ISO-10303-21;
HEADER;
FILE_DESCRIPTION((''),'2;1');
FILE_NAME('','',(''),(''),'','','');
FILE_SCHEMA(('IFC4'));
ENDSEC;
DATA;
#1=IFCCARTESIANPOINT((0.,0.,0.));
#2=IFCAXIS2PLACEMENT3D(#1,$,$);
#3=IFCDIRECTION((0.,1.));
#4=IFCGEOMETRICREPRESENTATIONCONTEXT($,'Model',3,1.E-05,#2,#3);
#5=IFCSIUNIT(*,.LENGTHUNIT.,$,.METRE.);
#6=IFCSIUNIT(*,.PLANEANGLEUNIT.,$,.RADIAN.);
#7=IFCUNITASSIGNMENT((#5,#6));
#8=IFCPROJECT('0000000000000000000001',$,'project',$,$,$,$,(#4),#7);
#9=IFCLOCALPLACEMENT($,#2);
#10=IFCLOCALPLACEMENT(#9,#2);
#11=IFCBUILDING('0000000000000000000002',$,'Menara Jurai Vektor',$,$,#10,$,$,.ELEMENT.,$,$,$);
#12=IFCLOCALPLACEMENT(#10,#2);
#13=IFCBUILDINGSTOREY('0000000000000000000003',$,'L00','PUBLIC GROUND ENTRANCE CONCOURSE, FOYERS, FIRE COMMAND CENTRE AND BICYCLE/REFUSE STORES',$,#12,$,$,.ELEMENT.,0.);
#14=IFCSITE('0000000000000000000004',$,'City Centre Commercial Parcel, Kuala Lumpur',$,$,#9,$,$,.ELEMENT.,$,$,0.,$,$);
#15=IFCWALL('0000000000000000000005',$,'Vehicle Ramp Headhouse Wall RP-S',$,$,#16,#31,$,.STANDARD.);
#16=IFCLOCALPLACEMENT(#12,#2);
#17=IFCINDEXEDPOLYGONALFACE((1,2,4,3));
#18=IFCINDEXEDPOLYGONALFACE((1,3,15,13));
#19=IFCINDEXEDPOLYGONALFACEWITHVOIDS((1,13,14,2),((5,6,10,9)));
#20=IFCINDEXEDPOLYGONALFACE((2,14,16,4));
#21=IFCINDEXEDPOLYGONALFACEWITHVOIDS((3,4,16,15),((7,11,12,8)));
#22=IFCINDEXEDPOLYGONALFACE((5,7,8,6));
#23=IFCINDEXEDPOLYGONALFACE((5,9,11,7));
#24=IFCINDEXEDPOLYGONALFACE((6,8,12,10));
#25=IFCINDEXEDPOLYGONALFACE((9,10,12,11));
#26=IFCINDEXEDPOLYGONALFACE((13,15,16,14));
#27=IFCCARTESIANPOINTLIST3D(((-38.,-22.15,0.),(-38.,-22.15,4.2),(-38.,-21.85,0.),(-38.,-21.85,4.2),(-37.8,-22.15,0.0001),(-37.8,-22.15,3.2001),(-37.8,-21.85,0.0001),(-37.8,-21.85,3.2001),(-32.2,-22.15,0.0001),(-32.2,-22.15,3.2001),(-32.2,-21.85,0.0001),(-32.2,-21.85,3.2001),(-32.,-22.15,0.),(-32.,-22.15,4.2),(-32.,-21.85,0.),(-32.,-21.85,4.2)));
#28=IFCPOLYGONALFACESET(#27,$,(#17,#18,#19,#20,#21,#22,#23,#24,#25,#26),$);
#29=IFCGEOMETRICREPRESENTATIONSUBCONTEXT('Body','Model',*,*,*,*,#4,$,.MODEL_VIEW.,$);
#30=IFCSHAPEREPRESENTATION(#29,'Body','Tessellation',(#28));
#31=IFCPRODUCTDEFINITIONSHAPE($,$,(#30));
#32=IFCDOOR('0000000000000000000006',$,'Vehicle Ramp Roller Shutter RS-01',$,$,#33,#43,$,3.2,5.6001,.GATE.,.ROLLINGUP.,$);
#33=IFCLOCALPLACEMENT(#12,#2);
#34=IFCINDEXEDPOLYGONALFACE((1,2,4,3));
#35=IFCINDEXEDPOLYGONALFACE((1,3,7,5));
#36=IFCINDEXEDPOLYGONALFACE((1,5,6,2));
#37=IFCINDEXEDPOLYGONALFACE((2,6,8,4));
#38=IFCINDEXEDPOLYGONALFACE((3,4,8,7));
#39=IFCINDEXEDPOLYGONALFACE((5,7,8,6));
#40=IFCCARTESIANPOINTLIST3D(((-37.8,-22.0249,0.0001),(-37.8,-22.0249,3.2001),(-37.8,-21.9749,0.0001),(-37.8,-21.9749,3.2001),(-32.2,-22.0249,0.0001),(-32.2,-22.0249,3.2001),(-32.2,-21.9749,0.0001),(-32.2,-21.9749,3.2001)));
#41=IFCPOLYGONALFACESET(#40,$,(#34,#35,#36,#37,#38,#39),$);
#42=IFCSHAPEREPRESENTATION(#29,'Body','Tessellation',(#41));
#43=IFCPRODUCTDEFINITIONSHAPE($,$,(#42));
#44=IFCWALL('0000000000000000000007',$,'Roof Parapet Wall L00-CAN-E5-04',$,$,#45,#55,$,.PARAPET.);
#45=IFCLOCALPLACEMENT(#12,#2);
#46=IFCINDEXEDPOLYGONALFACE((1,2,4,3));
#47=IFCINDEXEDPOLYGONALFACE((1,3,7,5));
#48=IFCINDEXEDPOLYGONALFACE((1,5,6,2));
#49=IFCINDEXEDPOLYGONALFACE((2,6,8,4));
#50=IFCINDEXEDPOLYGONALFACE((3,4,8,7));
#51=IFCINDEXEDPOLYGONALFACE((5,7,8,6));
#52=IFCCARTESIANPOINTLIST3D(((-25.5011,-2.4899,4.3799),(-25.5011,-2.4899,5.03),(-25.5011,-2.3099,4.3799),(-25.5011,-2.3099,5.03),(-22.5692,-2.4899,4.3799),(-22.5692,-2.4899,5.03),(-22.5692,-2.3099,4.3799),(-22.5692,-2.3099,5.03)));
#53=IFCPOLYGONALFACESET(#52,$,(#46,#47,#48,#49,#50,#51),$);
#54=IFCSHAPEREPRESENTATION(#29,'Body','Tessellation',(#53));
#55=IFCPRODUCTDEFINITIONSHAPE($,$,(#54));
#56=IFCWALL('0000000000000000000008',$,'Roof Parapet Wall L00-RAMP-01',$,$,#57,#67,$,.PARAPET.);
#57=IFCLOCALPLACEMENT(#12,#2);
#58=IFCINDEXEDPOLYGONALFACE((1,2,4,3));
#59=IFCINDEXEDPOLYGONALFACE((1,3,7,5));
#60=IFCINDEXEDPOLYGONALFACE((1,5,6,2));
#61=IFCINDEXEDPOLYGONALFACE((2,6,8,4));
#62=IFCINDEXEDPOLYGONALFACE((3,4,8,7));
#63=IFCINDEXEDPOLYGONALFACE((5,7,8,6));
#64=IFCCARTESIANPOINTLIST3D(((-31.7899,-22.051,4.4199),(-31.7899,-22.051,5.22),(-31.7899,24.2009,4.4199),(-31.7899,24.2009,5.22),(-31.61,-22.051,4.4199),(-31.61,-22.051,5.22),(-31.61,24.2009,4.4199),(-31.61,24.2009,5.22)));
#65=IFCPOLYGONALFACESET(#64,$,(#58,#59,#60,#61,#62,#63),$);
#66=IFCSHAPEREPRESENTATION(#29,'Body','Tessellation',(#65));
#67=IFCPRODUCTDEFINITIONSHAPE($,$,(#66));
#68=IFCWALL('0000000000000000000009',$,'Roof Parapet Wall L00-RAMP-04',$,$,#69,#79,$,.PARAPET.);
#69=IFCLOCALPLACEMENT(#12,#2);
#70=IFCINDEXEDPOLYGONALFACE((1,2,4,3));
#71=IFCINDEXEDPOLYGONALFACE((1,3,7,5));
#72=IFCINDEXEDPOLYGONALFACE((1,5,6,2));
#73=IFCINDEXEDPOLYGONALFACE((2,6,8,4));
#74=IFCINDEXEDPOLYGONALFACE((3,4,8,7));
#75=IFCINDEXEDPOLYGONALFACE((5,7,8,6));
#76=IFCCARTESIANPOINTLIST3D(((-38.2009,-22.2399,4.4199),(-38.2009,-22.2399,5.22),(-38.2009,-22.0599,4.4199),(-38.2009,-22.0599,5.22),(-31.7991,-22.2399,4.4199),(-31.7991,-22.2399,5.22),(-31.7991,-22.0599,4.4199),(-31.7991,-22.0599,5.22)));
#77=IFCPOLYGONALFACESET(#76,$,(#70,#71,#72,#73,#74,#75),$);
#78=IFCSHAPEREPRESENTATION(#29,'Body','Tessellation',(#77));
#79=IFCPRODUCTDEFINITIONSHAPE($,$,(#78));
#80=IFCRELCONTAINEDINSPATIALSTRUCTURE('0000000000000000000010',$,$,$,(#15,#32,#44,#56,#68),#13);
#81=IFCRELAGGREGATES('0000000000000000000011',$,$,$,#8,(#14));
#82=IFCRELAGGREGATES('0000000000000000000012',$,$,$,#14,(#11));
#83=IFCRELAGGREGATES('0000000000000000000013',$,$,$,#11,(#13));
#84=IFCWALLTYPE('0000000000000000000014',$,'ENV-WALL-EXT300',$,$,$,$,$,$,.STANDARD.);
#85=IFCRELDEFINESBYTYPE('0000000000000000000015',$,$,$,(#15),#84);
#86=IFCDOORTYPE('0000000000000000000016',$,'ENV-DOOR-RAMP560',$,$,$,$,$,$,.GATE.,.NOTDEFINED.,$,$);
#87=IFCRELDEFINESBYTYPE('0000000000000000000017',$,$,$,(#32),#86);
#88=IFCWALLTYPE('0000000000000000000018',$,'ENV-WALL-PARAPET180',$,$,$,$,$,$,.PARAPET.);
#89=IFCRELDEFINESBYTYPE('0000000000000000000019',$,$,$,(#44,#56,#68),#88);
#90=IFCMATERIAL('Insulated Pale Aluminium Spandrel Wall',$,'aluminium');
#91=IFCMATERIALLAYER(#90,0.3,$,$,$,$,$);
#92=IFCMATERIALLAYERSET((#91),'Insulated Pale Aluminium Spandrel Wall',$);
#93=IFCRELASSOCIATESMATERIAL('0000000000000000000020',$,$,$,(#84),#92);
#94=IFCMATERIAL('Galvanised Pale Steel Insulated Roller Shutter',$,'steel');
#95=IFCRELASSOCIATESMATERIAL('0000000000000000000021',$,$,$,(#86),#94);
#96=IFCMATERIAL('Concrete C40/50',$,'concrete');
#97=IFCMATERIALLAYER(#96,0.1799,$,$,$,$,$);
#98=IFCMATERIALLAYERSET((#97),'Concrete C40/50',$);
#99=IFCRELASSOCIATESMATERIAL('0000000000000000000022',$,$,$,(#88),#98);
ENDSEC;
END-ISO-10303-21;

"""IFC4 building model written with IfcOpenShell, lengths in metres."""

from ifc_helpers import new_model, si_unit, direction, frame, frame_2d, origin, place, context, subcontext, project, spatial, rectangle, extrude, material, layer, layer_set, type_object, element, fill, save


model = new_model("IFC4")

# Units and contexts
model_context = context("Model", 3, precision=1e-05, world=origin(), true_north=direction((0.0, 1.0)))
body_context = subcontext(model_context, "Body", "Model", "MODEL_VIEW")
ifc_project = project(units=[si_unit("LENGTHUNIT", "METRE"), si_unit("PLANEANGLEUNIT", "RADIAN")], contexts=[model_context])

# Site, building, storey
site_placement = place(None, origin())
site = spatial("IfcSite", under=ifc_project, at=site_placement, Name="City Centre Commercial Parcel, Kuala Lumpur", CompositionType="ELEMENT", RefElevation=0.0)
building_placement = place(site_placement, origin())
building = spatial("IfcBuilding", under=site, at=building_placement, Name="Menara Jurai Vektor", CompositionType="ELEMENT")
storey_placement = place(building_placement, origin())
storey = spatial("IfcBuildingStorey", under=building, at=storey_placement, Name="L00", Description="PUBLIC GROUND ENTRANCE CONCOURSE, FOYERS, FIRE COMMAND CENTRE AND BICYCLE/REFUSE STORES", CompositionType="ELEMENT", Elevation=0.0)

# Shared definitions
ifc_material_1 = material(Name="Concrete C40/50", Category="concrete")

# Shared definitions
ifc_material_2 = material(Name="Insulated Pale Aluminium Spandrel Wall", Category="aluminium")
ifc_layer_1 = layer(ifc_material_2, 0.3)
ifc_layer_set_1 = layer_set([ifc_layer_1], Name="Insulated Pale Aluminium Spandrel Wall")
wall_type_1 = type_object("IfcWallType", Name="ENV-WALL-EXT300", PredefinedType="STANDARD", material=ifc_layer_set_1)

# Wall, opening, door
wall_1_placement = place(storey_placement, frame((-38.0, -22.0, 0.0), z_axis=(0.0, 0.0, 1.0), x_axis=(1.0, 0.0, 0.0)))
wall_1 = element("IfcWall", 1, at=wall_1_placement, inside=storey, type_object=wall_type_1, Name="Vehicle Ramp Headhouse Wall RP-S", PredefinedType="STANDARD", context=body_context, shape_type="SweptSolid", body=[
    extrude(rectangle(XDim=6.0, YDim=0.3, at=frame_2d((3.0, 0.0))), origin(), (0.0, 0.0, 1.0), 4.2),
])
opening_placement = place(wall_1_placement, frame((0.2, 0.0, 0.0)))
opening = element("IfcOpeningElement", 2, at=opening_placement, cuts=wall_1, PredefinedType="OPENING", context=body_context, shape_type="SweptSolid", body=[
    extrude(rectangle(XDim=5.6001, YDim=3.2, at=frame_2d((2.8, 1.6001))), frame((0.0, 0.1602, 0.0), z_axis=(0.0, -1.0, 0.0), x_axis=(1.0, 0.0, 0.0)), (0.0, 0.0, 1.0), 0.3201),
])
ifc_material_3 = material(Name="Galvanised Pale Steel Insulated Roller Shutter", Category="steel")
door_type = type_object("IfcDoorType", Name="ENV-DOOR-RAMP560", OperationType="NOTDEFINED", PredefinedType="GATE", material=ifc_material_3)
door_placement = place(opening_placement, frame((5.6001, 0.0, 0.0), z_axis=(0.0, 0.0, 1.0), x_axis=(-1.0, 0.0, 0.0)))
door = element("IfcDoor", 3, at=door_placement, inside=storey, type_object=door_type, Name="Vehicle Ramp Roller Shutter RS-01", OperationType="ROLLINGUP", OverallHeight=3.2, OverallWidth=5.6001, PredefinedType="GATE", context=body_context, shape_type="SweptSolid", body=[
    extrude(rectangle(XDim=5.6001, YDim=3.2, at=frame_2d((2.8, 1.6001))), frame((0.0, 0.0249, 0.0), z_axis=(0.0, -1.0, 0.0), x_axis=(1.0, 0.0, 0.0)), (0.0, 0.0, 1.0), 0.05),
])
fill(opening, door)

# Walls
ifc_layer_2 = layer(ifc_material_1, 0.1799)
ifc_layer_set_2 = layer_set([ifc_layer_2], Name="Concrete C40/50")
wall_type_2 = type_object("IfcWallType", Name="ENV-WALL-PARAPET180", PredefinedType="PARAPET", material=ifc_layer_set_2)
wall_2_placement = place(storey_placement, frame((-25.501, -2.3999, 4.3799), z_axis=(0.0, 0.0, 1.0), x_axis=(1.0, 0.0, 0.0)))
element("IfcWall", 4, at=wall_2_placement, inside=storey, type_object=wall_type_2, Name="Roof Parapet Wall L00-CAN-E5-04", PredefinedType="PARAPET", context=body_context, shape_type="SweptSolid", body=[
    extrude(rectangle(XDim=2.9319, YDim=0.1799, at=frame_2d((1.4658, 0.0))), origin(), (0.0, 0.0, 1.0), 0.6501),
])
wall_3_placement = place(storey_placement, frame((-31.7, -22.051, 4.4199), z_axis=(0.0, 0.0, 1.0), x_axis=(0.0, 1.0, 0.0)))
element("IfcWall", 5, at=wall_3_placement, inside=storey, type_object=wall_type_2, Name="Roof Parapet Wall L00-RAMP-01", PredefinedType="PARAPET", context=body_context, shape_type="SweptSolid", body=[
    extrude(rectangle(XDim=46.252, YDim=0.1799, at=frame_2d((23.126, 0.0))), origin(), (0.0, 0.0, 1.0), 0.8),
])
wall_4_placement = place(storey_placement, frame((-38.2009, -22.1499, 4.4199), z_axis=(0.0, 0.0, 1.0), x_axis=(1.0, 0.0, 0.0)))
element("IfcWall", 6, at=wall_4_placement, inside=storey, type_object=wall_type_2, Name="Roof Parapet Wall L00-RAMP-04", PredefinedType="PARAPET", context=body_context, shape_type="SweptSolid", body=[
    extrude(rectangle(XDim=6.4019, YDim=0.1799, at=frame_2d((3.2009, 0.0))), origin(), (0.0, 0.0, 1.0), 0.8),
])

save(model, "model.ifc")
